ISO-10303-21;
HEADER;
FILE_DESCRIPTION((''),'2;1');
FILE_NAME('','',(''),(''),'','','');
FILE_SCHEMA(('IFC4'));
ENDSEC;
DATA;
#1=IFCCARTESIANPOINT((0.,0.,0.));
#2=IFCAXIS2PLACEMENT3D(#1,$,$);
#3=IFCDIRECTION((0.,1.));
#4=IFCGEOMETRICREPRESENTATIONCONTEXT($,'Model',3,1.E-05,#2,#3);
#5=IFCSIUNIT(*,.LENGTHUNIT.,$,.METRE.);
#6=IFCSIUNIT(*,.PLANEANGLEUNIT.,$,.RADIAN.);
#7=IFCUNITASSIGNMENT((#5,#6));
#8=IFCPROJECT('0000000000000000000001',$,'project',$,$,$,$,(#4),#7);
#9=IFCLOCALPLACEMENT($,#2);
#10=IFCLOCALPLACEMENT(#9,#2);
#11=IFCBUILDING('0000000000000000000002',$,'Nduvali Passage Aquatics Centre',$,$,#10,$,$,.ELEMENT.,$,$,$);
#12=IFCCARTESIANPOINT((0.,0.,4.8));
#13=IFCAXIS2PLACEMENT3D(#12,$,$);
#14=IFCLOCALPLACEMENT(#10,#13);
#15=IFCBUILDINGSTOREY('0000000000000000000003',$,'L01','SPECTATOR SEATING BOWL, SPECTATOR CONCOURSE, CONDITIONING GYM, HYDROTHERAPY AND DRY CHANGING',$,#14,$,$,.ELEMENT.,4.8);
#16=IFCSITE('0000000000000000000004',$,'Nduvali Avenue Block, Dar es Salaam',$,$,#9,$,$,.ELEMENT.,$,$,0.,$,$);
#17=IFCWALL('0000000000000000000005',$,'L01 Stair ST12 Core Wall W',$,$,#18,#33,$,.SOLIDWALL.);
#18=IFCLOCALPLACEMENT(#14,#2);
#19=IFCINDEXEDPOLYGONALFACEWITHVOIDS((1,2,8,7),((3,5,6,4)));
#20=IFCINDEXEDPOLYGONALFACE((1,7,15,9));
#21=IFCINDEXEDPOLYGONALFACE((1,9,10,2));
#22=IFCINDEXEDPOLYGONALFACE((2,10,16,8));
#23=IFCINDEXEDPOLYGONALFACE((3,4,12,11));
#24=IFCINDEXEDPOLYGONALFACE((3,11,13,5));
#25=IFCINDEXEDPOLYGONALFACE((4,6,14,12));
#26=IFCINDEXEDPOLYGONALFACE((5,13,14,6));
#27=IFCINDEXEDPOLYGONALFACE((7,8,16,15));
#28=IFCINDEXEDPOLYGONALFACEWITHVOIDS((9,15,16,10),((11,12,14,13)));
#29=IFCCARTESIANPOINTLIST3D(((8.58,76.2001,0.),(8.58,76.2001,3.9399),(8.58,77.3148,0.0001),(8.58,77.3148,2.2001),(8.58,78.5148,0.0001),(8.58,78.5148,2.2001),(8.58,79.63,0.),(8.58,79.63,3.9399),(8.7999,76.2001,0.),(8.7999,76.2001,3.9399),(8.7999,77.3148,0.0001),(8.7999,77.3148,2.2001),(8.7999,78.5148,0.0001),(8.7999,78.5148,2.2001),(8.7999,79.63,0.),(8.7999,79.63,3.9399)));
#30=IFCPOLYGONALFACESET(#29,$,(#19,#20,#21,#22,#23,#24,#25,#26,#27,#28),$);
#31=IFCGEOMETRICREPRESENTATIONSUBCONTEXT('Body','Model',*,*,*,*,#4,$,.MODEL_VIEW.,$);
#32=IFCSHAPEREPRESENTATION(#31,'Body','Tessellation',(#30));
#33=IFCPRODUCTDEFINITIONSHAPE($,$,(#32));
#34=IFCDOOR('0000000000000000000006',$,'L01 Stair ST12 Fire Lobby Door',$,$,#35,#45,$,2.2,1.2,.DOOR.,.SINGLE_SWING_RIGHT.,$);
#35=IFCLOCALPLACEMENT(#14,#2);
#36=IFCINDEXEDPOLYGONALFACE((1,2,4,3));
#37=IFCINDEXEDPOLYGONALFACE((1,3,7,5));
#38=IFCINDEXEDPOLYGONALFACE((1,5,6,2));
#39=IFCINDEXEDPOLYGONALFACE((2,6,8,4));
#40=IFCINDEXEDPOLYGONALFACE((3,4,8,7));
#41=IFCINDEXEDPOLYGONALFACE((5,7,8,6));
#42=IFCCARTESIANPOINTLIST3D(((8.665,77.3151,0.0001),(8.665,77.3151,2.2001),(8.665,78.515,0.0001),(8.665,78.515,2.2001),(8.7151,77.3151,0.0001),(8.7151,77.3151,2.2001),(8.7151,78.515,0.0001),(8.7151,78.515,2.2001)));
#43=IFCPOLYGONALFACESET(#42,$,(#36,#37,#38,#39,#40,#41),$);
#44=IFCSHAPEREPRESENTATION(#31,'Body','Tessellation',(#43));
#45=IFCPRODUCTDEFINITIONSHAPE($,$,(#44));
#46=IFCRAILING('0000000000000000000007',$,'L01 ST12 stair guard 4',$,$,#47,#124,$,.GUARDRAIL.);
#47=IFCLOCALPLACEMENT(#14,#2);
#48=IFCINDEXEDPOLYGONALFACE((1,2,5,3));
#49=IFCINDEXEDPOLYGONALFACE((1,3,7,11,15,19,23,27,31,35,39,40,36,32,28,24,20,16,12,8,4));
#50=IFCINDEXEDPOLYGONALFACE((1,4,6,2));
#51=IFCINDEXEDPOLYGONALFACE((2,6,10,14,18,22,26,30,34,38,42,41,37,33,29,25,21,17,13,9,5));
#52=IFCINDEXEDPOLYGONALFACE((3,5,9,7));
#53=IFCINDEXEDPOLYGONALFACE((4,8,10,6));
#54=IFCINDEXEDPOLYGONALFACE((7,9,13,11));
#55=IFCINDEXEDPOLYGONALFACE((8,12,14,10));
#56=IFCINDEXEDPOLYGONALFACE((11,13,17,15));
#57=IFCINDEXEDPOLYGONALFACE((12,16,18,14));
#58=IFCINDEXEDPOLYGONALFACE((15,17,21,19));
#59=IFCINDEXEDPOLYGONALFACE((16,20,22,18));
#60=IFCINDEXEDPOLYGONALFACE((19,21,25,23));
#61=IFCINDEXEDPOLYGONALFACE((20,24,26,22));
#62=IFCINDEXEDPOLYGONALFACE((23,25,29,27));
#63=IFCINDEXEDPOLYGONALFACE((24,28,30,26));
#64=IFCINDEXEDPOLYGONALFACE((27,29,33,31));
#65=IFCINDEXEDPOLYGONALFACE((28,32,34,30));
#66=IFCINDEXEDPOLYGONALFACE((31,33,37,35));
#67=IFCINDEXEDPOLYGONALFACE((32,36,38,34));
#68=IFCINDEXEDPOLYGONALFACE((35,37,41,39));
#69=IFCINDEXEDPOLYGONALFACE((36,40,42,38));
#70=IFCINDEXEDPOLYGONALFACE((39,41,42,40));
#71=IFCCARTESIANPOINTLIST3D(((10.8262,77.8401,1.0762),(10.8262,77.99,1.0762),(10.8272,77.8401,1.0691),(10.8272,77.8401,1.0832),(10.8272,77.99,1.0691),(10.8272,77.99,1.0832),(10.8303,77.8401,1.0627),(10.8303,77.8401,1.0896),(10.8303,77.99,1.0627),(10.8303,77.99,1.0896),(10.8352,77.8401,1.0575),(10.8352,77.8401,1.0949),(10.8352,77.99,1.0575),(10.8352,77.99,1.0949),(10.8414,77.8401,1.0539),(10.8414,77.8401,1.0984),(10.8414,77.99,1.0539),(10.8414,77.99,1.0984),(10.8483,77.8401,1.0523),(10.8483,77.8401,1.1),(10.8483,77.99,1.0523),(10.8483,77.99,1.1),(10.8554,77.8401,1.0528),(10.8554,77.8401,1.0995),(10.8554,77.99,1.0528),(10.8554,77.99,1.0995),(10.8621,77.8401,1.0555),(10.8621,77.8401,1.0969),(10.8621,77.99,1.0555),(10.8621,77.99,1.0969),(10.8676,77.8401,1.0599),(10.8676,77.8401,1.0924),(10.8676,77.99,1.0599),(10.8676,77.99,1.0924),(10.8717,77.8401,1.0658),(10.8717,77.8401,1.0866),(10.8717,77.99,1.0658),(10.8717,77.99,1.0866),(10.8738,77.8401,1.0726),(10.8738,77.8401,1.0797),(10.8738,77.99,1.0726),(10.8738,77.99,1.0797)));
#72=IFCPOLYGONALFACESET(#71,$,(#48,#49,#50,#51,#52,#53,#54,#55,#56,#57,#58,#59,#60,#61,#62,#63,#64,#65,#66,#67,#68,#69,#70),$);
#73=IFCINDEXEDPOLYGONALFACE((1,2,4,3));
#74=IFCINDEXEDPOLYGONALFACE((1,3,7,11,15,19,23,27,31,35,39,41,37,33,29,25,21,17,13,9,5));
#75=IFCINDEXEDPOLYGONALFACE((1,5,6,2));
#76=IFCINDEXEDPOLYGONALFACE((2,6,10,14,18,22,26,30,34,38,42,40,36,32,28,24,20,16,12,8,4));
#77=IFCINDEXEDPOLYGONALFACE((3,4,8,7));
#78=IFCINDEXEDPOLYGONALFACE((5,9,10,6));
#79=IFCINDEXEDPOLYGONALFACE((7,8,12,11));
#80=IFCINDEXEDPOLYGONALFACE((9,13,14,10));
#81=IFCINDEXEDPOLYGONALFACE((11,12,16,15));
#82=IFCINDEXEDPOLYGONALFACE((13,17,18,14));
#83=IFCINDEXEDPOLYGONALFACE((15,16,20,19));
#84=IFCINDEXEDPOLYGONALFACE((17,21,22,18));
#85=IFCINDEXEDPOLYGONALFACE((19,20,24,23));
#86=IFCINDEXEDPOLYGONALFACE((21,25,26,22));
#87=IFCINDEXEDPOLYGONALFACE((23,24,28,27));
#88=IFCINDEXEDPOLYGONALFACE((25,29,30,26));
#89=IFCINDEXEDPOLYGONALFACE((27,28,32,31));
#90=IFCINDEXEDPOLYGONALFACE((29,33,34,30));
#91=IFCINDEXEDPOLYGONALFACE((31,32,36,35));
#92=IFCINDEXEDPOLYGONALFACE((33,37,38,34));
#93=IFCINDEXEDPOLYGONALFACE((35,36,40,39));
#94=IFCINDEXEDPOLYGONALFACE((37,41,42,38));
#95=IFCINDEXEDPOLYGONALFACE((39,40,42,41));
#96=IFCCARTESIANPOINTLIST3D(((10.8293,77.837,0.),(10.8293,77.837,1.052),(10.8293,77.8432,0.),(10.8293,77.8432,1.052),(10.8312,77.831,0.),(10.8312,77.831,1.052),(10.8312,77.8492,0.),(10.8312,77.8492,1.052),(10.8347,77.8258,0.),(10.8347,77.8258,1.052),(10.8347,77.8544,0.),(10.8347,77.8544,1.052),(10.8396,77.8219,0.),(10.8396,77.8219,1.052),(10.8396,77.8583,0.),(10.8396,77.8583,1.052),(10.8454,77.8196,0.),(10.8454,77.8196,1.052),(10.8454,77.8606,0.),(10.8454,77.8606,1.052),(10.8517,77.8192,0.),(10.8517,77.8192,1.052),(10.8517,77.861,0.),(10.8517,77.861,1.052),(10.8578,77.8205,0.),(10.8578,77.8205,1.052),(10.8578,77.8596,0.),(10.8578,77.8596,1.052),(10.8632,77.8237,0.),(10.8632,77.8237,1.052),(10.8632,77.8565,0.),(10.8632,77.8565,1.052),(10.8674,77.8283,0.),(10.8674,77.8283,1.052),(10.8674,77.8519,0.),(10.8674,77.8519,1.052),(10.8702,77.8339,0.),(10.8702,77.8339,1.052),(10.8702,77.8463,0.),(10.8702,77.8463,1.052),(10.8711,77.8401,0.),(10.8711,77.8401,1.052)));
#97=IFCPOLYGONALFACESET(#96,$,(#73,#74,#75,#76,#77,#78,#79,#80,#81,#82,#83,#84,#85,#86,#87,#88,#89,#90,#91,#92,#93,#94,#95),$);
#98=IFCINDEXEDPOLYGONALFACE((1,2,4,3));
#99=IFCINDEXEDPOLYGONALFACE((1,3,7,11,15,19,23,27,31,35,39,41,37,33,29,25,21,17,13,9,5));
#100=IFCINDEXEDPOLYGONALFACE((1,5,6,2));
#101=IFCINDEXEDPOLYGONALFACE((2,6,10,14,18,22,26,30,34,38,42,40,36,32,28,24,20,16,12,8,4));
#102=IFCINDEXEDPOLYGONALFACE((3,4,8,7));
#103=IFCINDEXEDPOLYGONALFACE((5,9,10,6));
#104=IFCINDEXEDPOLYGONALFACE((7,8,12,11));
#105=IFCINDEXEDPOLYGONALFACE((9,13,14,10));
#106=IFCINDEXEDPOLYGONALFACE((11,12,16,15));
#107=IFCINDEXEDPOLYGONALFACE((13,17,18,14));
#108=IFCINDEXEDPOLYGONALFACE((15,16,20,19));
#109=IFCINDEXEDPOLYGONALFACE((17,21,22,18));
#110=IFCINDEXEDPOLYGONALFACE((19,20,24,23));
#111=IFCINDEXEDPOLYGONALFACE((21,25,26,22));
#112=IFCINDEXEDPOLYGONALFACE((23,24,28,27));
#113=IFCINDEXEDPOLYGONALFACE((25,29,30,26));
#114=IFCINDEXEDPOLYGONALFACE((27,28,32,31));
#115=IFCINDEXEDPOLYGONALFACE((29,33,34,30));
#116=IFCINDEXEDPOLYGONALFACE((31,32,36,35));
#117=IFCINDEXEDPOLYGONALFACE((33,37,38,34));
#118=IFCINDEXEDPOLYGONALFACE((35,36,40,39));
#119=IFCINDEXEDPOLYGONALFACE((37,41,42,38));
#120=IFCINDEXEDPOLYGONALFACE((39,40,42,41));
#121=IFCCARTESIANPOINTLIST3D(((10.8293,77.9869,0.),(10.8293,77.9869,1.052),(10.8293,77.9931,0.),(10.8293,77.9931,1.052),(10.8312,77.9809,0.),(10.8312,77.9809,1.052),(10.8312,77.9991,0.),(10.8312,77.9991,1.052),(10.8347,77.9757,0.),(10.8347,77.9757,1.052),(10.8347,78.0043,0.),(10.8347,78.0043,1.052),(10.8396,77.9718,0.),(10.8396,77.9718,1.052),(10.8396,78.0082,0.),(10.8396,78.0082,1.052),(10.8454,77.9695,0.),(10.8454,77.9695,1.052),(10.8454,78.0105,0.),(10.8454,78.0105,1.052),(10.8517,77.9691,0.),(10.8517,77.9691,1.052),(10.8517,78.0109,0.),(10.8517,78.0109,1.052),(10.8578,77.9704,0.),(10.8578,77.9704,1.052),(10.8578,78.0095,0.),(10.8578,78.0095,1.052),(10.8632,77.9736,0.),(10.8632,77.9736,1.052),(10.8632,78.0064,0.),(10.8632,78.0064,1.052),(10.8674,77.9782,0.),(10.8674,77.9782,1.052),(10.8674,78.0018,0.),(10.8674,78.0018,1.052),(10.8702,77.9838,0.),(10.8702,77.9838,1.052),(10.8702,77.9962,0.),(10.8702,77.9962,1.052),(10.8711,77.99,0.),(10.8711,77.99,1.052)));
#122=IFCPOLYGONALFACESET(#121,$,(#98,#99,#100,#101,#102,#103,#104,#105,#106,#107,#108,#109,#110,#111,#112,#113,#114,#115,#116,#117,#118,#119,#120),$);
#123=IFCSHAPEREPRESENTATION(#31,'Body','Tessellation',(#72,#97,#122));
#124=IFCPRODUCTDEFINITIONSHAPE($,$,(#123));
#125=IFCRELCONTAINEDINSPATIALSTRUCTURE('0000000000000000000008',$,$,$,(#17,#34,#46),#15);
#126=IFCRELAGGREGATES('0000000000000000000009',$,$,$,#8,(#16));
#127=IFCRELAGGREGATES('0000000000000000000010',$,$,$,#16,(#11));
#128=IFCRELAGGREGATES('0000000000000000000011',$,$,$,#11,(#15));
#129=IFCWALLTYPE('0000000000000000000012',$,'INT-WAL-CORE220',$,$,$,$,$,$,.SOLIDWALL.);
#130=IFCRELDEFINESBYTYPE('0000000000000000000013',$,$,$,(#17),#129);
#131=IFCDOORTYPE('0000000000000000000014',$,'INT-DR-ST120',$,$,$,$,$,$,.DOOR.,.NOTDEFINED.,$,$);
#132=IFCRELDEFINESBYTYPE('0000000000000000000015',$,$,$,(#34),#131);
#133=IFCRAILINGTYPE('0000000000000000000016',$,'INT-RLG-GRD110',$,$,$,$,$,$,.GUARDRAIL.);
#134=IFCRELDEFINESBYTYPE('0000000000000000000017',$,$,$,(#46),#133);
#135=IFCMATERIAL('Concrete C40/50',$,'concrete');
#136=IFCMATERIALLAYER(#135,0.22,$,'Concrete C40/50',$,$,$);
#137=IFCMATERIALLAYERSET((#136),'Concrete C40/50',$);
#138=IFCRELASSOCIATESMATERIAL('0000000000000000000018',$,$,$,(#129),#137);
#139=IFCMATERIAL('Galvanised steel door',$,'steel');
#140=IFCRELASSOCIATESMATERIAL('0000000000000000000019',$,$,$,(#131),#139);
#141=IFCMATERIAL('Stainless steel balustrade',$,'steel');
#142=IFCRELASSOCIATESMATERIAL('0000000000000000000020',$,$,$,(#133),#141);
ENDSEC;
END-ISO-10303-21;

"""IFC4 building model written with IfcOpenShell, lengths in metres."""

from ifc_helpers import new_model, si_unit, direction, frame, frame_2d, origin, origin_2d, place, context, subcontext, project, spatial, rectangle, circle, extrude, material, layer, layer_set, type_object, element, fill, save


model = new_model("IFC4")

# Units and contexts
model_context = context("Model", 3, precision=1e-05, world=origin(), true_north=direction((0.0, 1.0)))
body_context = subcontext(model_context, "Body", "Model", "MODEL_VIEW")
ifc_project = project(units=[si_unit("LENGTHUNIT", "METRE"), si_unit("PLANEANGLEUNIT", "RADIAN")], contexts=[model_context])

# Site, building, storey
site_placement = place(None, origin())
site = spatial("IfcSite", under=ifc_project, at=site_placement, Name="Nduvali Avenue Block, Dar es Salaam", CompositionType="ELEMENT", RefElevation=0.0)
building_placement = place(site_placement, origin())
building = spatial("IfcBuilding", under=site, at=building_placement, Name="Nduvali Passage Aquatics Centre", CompositionType="ELEMENT")
storey_placement = place(building_placement, frame((0.0, 0.0, 4.8)))
storey = spatial("IfcBuildingStorey", under=building, at=storey_placement, Name="L01", Description="SPECTATOR SEATING BOWL, SPECTATOR CONCOURSE, CONDITIONING GYM, HYDROTHERAPY AND DRY CHANGING", CompositionType="ELEMENT", Elevation=4.8)

# Shared definitions
ifc_material_1 = material(Name="Concrete C40/50", Category="concrete")
ifc_layer_1 = layer(ifc_material_1, 0.22, Name="Concrete C40/50")
ifc_layer_set_1 = layer_set([ifc_layer_1], Name="Concrete C40/50")
wall_type = type_object("IfcWallType", Name="INT-WAL-CORE220", PredefinedType="SOLIDWALL", material=ifc_layer_set_1)

# Wall, opening, door
wall_1_placement = place(storey_placement, frame((8.6899, 79.6299, 0.0), z_axis=(0.0, 0.0, 1.0), x_axis=(0.0, -1.0, 0.0)))
wall_1 = element("IfcWall", 1, at=wall_1_placement, inside=storey, type_object=wall_type, Name="L01 Stair ST12 Core Wall W", PredefinedType="SOLIDWALL", context=body_context, shape_type="SweptSolid", body=[
    extrude(rectangle(XDim=3.4299, YDim=0.22, at=frame_2d((1.7148, 0.0))), origin(), (0.0, 0.0, 1.0), 3.9399),
])
opening_placement = place(wall_1_placement, frame((1.115, 0.0, 0.0)))
opening = element("IfcOpeningElement", 2, at=opening_placement, cuts=wall_1, PredefinedType="OPENING", context=body_context, shape_type="SweptSolid", body=[
    extrude(rectangle(XDim=1.2, YDim=2.2, at=frame_2d((0.6001, 1.1001))), frame((0.0, 0.125, 0.0), z_axis=(0.0, -1.0, 0.0), x_axis=(1.0, 0.0, 0.0)), (0.0, 0.0, 1.0), 0.2498),
])
ifc_material_2 = material(Name="Galvanised steel door", Category="steel")
door_type = type_object("IfcDoorType", Name="INT-DR-ST120", OperationType="NOTDEFINED", PredefinedType="DOOR", material=ifc_material_2)
door_placement = place(opening_placement, frame((1.2, 0.0, 0.0), z_axis=(0.0, 0.0, 1.0), x_axis=(-1.0, 0.0, 0.0)))
door = element("IfcDoor", 3, at=door_placement, inside=storey, type_object=door_type, Name="L01 Stair ST12 Fire Lobby Door", OperationType="SINGLE_SWING_RIGHT", OverallHeight=2.2, OverallWidth=1.2, PredefinedType="DOOR", context=body_context, shape_type="SweptSolid", body=[
    extrude(rectangle(XDim=1.2, YDim=2.2, at=frame_2d((0.6001, 1.1001))), frame((0.0, 0.0249, 0.0), z_axis=(0.0, -1.0, 0.0), x_axis=(1.0, 0.0, 0.0)), (0.0, 0.0, 1.0), 0.05),
])
fill(opening, door)

# Railing
ifc_material_3 = material(Name="Stainless steel balustrade", Category="steel")
railing_type = type_object("IfcRailingType", Name="INT-RLG-GRD110", PredefinedType="GUARDRAIL", material=ifc_material_3)
railing_placement = place(storey_placement, frame((10.8501, 77.8401, 0.0)))
element("IfcRailing", 4, at=railing_placement, inside=storey, type_object=railing_type, Name="L01 ST12 stair guard 4", PredefinedType="GUARDRAIL", context=body_context, shape_type="SweptSolid", body=[
    extrude(circle(Radius=0.0239, at=origin_2d()), frame((0.0, 0.0, 1.0762), z_axis=(0.0, 1.0, 0.0), x_axis=(-1.0, 0.0, 0.0)), (0.0, 0.0, 1.0), 0.1499),
    extrude(circle(Radius=0.021, at=origin_2d()), origin(), (0.0, 0.0, 1.0), 1.052),
    extrude(circle(Radius=0.021, at=origin_2d()), frame((0.0, 0.1499, 0.0)), (0.0, 0.0, 1.0), 1.052),
])

save(model, "model.ifc")
